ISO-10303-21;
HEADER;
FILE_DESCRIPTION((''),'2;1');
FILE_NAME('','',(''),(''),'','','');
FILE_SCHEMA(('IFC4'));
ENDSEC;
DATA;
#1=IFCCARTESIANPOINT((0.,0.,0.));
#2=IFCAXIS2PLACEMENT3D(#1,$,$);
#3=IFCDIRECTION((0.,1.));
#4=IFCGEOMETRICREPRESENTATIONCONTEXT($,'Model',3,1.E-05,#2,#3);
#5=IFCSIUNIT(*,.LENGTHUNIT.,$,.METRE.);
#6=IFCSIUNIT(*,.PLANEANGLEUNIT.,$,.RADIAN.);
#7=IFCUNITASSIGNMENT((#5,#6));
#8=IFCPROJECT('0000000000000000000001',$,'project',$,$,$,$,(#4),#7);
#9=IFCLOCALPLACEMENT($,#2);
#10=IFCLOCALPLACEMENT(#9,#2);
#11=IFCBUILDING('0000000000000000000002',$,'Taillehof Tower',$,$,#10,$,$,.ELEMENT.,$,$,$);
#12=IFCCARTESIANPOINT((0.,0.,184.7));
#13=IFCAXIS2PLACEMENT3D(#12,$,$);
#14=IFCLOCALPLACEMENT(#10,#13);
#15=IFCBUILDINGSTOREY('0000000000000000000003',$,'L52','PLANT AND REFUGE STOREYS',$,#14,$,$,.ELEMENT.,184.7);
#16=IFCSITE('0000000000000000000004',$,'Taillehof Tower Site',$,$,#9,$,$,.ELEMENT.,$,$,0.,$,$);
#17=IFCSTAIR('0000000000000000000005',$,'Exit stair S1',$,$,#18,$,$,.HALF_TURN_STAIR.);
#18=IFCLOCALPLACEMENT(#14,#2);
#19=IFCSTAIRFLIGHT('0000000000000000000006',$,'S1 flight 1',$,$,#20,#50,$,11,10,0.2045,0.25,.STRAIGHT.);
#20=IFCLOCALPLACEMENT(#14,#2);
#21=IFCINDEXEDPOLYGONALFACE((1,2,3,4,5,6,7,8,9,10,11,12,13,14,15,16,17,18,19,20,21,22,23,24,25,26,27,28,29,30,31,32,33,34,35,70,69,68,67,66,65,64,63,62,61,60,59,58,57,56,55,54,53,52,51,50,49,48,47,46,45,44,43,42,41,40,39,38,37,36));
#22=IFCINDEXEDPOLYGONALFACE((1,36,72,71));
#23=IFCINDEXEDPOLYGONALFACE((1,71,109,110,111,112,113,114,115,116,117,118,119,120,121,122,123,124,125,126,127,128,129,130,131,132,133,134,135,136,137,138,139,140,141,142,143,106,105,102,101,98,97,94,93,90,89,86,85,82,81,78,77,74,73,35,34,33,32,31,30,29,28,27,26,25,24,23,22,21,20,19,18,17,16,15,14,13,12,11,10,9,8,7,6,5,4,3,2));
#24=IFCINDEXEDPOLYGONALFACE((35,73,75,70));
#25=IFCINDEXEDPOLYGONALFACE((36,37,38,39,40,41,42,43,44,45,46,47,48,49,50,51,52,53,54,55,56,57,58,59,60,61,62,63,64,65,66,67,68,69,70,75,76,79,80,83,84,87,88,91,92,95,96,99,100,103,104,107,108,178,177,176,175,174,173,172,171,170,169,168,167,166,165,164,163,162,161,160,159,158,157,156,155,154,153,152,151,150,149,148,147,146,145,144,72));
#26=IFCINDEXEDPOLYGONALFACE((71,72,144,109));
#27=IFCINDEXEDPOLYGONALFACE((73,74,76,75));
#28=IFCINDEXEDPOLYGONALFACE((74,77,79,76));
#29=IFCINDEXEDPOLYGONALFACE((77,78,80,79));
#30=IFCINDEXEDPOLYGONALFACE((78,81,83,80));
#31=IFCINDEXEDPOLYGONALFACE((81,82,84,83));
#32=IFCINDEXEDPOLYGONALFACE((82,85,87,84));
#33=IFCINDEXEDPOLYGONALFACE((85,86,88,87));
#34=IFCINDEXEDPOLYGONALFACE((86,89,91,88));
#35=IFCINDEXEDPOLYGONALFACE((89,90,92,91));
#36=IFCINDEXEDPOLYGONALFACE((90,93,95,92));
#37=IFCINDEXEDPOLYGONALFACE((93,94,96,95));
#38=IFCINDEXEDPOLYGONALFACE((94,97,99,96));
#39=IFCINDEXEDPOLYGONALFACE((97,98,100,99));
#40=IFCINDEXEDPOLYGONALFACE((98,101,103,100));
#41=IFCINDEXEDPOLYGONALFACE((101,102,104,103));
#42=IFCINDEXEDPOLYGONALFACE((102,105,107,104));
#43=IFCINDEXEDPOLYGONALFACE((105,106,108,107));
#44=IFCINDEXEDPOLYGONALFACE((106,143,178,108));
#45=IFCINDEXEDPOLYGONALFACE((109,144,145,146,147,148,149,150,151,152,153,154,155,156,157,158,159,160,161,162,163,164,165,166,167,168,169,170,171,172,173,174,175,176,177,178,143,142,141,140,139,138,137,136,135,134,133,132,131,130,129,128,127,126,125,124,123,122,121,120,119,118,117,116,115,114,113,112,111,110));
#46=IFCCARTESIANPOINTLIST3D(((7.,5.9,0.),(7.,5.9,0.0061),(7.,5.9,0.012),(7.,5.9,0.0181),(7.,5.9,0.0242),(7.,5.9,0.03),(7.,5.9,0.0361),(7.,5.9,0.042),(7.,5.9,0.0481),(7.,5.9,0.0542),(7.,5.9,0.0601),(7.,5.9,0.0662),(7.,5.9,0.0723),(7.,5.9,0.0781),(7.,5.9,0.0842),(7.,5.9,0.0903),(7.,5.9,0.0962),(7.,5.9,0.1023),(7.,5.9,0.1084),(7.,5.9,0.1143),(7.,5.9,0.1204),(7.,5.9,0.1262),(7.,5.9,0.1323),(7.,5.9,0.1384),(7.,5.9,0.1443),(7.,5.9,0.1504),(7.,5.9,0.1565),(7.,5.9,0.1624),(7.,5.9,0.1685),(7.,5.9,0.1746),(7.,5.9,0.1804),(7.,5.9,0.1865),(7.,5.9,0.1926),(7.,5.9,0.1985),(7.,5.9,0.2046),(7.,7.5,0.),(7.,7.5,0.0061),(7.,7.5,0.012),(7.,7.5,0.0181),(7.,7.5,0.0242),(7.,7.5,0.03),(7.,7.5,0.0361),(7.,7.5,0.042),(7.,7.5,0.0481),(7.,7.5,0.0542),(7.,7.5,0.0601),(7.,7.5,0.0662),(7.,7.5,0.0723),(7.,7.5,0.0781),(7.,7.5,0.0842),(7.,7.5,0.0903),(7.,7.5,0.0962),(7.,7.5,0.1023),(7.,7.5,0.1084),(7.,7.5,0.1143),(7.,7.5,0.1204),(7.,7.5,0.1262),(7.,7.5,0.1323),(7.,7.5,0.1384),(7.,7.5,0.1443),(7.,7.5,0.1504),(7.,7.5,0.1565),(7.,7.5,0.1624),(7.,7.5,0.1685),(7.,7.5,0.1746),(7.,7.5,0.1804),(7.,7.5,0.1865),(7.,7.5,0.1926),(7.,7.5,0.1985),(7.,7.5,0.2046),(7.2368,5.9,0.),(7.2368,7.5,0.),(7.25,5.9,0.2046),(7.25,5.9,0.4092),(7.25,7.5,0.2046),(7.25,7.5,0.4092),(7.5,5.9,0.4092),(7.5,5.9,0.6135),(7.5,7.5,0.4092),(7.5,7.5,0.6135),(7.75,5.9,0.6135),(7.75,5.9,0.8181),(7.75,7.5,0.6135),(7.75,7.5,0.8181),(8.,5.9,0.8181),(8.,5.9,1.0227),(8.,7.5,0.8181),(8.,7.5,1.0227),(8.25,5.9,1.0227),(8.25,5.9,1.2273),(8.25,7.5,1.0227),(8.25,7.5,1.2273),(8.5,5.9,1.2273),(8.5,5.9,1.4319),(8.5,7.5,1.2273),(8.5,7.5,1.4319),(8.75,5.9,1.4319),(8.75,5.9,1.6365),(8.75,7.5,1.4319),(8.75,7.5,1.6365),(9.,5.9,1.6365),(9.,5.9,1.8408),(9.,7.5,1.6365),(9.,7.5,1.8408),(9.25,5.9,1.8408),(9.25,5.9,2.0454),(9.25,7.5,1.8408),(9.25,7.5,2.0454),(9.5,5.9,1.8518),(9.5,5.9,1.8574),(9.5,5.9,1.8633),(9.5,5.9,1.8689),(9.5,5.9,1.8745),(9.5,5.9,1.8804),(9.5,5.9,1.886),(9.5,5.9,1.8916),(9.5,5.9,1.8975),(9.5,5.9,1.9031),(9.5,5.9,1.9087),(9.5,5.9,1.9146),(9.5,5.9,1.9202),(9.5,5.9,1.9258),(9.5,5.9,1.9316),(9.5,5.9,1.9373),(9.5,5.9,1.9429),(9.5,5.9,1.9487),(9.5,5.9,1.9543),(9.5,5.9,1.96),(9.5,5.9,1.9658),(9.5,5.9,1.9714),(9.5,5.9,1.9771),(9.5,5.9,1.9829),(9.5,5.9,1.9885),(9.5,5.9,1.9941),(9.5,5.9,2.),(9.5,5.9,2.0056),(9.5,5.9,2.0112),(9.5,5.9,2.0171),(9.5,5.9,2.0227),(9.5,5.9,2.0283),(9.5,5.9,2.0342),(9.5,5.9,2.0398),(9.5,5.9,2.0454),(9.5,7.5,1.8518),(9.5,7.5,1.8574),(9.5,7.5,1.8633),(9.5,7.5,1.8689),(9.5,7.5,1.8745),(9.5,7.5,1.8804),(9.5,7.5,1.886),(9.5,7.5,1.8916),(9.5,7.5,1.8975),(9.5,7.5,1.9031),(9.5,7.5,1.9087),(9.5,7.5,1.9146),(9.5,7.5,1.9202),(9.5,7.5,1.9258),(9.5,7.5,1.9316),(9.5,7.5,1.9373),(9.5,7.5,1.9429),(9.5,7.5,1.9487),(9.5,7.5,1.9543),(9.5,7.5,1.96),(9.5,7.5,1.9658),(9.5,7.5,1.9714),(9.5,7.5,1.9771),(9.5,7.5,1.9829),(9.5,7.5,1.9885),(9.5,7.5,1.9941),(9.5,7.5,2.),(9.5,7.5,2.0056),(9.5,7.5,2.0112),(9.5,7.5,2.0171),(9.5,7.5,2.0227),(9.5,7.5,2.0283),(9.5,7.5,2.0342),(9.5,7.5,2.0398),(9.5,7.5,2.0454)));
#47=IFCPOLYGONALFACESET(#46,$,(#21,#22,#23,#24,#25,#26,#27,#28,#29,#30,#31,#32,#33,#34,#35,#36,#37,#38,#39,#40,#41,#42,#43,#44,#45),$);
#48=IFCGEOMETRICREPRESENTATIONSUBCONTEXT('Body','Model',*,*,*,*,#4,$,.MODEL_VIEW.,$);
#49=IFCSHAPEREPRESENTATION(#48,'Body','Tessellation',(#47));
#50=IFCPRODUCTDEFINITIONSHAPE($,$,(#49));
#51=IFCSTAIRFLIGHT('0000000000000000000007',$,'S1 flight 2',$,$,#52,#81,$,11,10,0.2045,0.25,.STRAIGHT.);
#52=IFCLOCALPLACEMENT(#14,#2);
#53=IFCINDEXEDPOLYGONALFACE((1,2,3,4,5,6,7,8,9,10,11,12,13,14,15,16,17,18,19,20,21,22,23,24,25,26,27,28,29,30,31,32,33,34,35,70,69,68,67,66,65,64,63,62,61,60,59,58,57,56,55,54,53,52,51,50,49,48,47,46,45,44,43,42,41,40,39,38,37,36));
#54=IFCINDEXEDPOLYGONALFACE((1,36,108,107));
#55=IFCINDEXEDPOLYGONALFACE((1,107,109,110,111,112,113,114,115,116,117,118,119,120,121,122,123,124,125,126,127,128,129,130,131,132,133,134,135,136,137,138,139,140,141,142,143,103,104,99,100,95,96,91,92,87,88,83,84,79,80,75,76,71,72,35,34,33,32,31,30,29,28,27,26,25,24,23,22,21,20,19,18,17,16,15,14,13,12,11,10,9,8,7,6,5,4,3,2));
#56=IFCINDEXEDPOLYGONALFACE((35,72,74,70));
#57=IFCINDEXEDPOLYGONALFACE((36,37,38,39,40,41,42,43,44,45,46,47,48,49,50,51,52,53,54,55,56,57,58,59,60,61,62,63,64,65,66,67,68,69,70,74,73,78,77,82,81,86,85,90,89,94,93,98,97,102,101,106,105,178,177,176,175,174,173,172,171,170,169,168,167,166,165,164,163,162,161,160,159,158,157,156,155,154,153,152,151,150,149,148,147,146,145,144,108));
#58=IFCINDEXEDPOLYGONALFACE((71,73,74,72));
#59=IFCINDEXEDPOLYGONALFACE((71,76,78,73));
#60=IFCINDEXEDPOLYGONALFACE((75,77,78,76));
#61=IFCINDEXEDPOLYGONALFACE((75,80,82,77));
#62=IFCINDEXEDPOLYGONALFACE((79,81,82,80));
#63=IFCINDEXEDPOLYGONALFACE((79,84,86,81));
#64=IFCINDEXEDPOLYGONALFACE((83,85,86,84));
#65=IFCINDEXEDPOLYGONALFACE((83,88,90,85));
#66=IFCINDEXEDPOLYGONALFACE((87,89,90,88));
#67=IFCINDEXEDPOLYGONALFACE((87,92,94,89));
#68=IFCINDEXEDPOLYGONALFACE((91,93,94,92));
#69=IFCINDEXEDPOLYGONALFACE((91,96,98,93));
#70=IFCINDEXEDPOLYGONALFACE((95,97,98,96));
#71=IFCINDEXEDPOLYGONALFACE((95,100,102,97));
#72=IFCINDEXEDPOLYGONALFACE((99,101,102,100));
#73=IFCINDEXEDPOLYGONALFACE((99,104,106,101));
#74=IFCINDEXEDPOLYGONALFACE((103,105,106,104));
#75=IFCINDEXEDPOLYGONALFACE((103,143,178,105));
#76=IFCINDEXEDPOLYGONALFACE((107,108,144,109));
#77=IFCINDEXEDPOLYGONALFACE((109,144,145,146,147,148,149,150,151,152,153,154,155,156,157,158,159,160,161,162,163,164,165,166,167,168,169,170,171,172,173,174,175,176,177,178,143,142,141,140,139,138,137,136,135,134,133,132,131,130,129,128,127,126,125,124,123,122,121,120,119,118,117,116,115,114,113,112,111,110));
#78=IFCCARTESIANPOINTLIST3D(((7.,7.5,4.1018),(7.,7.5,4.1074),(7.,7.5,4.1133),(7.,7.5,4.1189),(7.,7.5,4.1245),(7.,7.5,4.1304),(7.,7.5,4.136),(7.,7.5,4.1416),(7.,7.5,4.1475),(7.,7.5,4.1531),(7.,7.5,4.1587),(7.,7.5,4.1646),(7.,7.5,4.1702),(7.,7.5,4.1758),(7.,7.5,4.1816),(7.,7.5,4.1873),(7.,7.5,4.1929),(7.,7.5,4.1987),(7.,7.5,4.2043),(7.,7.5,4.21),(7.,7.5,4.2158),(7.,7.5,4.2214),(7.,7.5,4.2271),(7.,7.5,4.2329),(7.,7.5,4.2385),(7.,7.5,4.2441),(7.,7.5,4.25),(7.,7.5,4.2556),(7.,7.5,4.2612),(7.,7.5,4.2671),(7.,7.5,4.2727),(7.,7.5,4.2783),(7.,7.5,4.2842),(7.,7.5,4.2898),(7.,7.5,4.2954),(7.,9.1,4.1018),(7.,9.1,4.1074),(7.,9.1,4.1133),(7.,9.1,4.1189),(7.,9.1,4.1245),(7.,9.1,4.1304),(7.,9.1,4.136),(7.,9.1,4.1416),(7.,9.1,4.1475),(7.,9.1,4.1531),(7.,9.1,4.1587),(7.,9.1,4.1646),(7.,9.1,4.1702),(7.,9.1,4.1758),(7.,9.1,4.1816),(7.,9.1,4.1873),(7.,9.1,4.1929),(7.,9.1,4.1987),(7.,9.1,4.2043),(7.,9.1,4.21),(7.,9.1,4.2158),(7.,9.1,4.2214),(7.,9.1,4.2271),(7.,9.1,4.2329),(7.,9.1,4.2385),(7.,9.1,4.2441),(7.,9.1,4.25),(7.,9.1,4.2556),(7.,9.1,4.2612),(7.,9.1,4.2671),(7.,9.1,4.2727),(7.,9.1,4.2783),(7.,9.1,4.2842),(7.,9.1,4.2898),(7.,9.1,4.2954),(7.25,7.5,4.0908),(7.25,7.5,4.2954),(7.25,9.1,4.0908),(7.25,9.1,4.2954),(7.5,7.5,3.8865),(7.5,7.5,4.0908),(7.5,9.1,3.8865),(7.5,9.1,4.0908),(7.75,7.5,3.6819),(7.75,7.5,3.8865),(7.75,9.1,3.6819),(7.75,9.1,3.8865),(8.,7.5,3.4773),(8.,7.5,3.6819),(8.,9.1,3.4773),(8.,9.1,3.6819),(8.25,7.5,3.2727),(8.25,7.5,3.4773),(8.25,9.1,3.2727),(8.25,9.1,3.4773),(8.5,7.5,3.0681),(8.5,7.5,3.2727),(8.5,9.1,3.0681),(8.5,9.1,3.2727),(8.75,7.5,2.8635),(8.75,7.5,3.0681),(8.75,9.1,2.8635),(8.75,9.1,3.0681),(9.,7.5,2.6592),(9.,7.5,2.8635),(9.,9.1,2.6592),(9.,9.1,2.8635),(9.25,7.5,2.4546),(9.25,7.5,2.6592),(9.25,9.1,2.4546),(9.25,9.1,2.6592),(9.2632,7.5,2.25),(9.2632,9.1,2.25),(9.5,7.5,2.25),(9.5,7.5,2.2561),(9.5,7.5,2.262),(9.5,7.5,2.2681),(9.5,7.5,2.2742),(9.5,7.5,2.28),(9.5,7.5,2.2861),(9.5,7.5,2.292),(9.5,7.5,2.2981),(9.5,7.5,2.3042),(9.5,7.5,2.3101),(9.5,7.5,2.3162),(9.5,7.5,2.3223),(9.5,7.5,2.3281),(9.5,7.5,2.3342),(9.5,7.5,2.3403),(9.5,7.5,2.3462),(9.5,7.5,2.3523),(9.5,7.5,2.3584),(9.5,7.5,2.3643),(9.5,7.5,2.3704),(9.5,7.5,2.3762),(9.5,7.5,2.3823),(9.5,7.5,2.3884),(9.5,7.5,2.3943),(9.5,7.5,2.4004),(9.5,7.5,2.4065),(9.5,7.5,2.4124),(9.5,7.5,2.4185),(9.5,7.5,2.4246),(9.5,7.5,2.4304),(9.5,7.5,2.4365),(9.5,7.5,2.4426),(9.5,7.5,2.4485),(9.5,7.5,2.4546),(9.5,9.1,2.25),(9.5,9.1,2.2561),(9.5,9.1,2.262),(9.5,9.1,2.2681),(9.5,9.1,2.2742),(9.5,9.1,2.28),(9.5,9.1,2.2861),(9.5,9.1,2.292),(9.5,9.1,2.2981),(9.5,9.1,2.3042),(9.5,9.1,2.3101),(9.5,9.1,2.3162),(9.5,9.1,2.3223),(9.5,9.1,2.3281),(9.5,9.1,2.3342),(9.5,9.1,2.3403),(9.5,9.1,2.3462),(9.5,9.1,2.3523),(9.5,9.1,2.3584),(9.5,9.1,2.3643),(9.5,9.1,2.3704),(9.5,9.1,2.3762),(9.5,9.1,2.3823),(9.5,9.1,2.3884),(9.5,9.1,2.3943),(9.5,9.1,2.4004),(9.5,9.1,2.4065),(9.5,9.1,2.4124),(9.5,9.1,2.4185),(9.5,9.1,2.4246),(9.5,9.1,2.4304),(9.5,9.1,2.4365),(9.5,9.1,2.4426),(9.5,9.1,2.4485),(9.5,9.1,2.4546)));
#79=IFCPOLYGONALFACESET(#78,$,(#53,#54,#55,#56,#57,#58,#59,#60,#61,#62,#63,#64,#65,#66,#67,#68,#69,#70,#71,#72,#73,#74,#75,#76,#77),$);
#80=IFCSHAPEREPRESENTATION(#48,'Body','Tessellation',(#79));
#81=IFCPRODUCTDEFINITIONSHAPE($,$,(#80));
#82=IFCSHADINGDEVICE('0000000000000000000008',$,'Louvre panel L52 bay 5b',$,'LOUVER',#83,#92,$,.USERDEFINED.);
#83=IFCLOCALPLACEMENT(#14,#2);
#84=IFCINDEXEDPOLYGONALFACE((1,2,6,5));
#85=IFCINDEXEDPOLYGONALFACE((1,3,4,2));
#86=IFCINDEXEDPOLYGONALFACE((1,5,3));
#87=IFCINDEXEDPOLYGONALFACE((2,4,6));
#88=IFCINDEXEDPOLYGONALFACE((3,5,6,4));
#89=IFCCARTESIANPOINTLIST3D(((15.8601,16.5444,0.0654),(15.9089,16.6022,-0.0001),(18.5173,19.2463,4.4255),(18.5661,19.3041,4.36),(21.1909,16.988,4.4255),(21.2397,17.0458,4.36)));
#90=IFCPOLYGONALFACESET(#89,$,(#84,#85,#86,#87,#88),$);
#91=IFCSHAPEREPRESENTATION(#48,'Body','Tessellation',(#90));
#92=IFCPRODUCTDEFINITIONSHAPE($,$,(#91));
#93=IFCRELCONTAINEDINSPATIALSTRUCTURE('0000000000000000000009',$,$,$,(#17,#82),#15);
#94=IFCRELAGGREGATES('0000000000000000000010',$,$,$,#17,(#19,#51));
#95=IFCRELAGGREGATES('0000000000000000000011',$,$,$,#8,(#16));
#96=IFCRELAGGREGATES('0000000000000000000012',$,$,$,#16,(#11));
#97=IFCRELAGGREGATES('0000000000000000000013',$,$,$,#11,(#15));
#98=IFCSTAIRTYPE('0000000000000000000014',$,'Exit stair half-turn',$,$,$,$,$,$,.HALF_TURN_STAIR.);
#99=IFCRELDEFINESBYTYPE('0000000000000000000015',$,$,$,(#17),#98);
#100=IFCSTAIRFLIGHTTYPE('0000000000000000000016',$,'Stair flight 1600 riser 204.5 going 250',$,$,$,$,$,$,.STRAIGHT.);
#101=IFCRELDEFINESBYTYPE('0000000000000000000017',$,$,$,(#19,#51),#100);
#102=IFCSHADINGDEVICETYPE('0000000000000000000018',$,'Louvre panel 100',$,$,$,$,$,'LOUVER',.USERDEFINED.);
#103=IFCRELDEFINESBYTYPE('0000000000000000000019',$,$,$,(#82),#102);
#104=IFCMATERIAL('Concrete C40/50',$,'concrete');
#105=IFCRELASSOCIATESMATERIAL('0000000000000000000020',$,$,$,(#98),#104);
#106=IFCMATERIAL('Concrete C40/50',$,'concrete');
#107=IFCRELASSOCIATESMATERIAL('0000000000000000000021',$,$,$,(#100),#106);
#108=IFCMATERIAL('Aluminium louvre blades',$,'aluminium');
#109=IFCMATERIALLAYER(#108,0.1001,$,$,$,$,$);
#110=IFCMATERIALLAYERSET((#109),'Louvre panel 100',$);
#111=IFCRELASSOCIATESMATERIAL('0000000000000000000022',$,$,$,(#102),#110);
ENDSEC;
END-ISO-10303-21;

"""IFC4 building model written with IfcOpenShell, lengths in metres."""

from ifc_helpers import new_model, si_unit, direction, frame, origin, place, context, subcontext, project, spatial, polyline, outline, extrude, material, layer, layer_set, type_object, element, aggregate, save


model = new_model("IFC4")

# Units and contexts
model_context = context("Model", 3, precision=1e-05, world=origin(), true_north=direction((0.0, 1.0)))
body_context = subcontext(model_context, "Body", "Model", "MODEL_VIEW")
ifc_project = project(units=[si_unit("LENGTHUNIT", "METRE"), si_unit("PLANEANGLEUNIT", "RADIAN")], contexts=[model_context])

# Site, building, storey
site_placement = place(None, origin())
site = spatial("IfcSite", under=ifc_project, at=site_placement, Name="Taillehof Tower Site", CompositionType="ELEMENT", RefElevation=0.0)
building_placement = place(site_placement, origin())
building = spatial("IfcBuilding", under=site, at=building_placement, Name="Taillehof Tower", CompositionType="ELEMENT")
storey_placement = place(building_placement, frame((0.0, 0.0, 184.7)))
storey = spatial("IfcBuildingStorey", under=building, at=storey_placement, Name="L52", Description="PLANT AND REFUGE STOREYS", CompositionType="ELEMENT", Elevation=184.7)

# Stair, stair flights
ifc_material_1 = material(Name="Concrete C40/50", Category="concrete")
stair_type = type_object("IfcStairType", Name="Exit stair half-turn", PredefinedType="HALF_TURN_STAIR", material=ifc_material_1)
stair_placement = place(storey_placement, origin())
stair = element("IfcStair", 1, at=stair_placement, inside=storey, type_object=stair_type, Name="Exit stair S1", PredefinedType="HALF_TURN_STAIR")
ifc_material_2 = material(Name="Concrete C40/50", Category="concrete")
stair_flight_type = type_object("IfcStairFlightType", Name="Stair flight 1600 riser 204.5 going 250", PredefinedType="STRAIGHT", material=ifc_material_2)
stair_flight_1_placement = place(storey_placement, frame((7.0, 6.7, 0.0), z_axis=(0.0, 0.0, 1.0), x_axis=(1.0, 0.0, 0.0)))
stair_flight_1 = element("IfcStairFlight", 2, at=stair_flight_1_placement, type_object=stair_flight_type, Name="S1 flight 1", NumberOfRisers=11, NumberOfTreads=10, PredefinedType="STRAIGHT", RiserHeight=0.2045, TreadLength=0.25, context=body_context, shape_type="SweptSolid", body=[
    extrude(outline(polyline([(0.0, 0.0), (0.0, 0.0061), (0.0, 0.012), (0.0, 0.0181), (0.0, 0.0242), (0.0, 0.03), (0.0, 0.0361), (0.0, 0.042), (0.0, 0.0481), (0.0, 0.0542), (0.0, 0.0601), (0.0, 0.0662), (0.0, 0.0723), (0.0, 0.0781), (0.0, 0.0842), (0.0, 0.0903), (0.0, 0.0962), (0.0, 0.1023), (0.0, 0.1084), (0.0, 0.1143), (0.0, 0.1204), (0.0, 0.1262), (0.0, 0.1323), (0.0, 0.1384), (0.0, 0.1443), (0.0, 0.1504), (0.0, 0.1565), (0.0, 0.1624), (0.0, 0.1685), (0.0, 0.1746), (0.0, 0.1804), (0.0, 0.1865), (0.0, 0.1926), (0.0, 0.1985), (0.0, 0.2046), (0.25, 0.2046), (0.25, 0.4092), (0.5, 0.4092), (0.5, 0.6135), (0.75, 0.6135), (0.75, 0.8181), (1.0, 0.8181), (1.0, 1.0227), (1.25, 1.0227), (1.25, 1.2273), (1.5, 1.2273), (1.5, 1.4319), (1.75, 1.4319), (1.75, 1.6365), (2.0, 1.6365), (2.0, 1.8408), (2.25, 1.8408), (2.25, 2.0454), (2.5, 2.0454), (2.5, 2.0398), (2.5, 2.0342), (2.5, 2.0283), (2.5, 2.0227), (2.5, 2.0171), (2.5, 2.0112), (2.5, 2.0056), (2.5, 2.0), (2.5, 1.9941), (2.5, 1.9885), (2.5, 1.9829), (2.5, 1.9771), (2.5, 1.9714), (2.5, 1.9658), (2.5, 1.96), (2.5, 1.9543), (2.5, 1.9487), (2.5, 1.9429), (2.5, 1.9373), (2.5, 1.9316), (2.5, 1.9258), (2.5, 1.9202), (2.5, 1.9146), (2.5, 1.9087), (2.5, 1.9031), (2.5, 1.8975), (2.5, 1.8916), (2.5, 1.886), (2.5, 1.8804), (2.5, 1.8745), (2.5, 1.8689), (2.5, 1.8633), (2.5, 1.8574), (2.5, 1.8518), (0.2368, 0.0), (0.0, 0.0)])), frame((0.0, 0.8, 0.0), z_axis=(0.0, -1.0, 0.0), x_axis=(1.0, 0.0, 0.0)), (0.0, 0.0, 1.0), 1.6),
])
stair_flight_2_placement = place(storey_placement, frame((9.5, 8.3, 2.25), z_axis=(0.0, 0.0, 1.0), x_axis=(-1.0, 0.0, 0.0)))
stair_flight_2 = element("IfcStairFlight", 3, at=stair_flight_2_placement, type_object=stair_flight_type, Name="S1 flight 2", NumberOfRisers=11, NumberOfTreads=10, PredefinedType="STRAIGHT", RiserHeight=0.2045, TreadLength=0.25, context=body_context, shape_type="SweptSolid", body=[
    extrude(outline(polyline([(0.0, 0.0), (0.0, 0.0061), (0.0, 0.012), (0.0, 0.0181), (0.0, 0.0242), (0.0, 0.03), (0.0, 0.0361), (0.0, 0.042), (0.0, 0.0481), (0.0, 0.0542), (0.0, 0.0601), (0.0, 0.0662), (0.0, 0.0723), (0.0, 0.0781), (0.0, 0.0842), (0.0, 0.0903), (0.0, 0.0962), (0.0, 0.1023), (0.0, 0.1084), (0.0, 0.1143), (0.0, 0.1204), (0.0, 0.1262), (0.0, 0.1323), (0.0, 0.1384), (0.0, 0.1443), (0.0, 0.1504), (0.0, 0.1565), (0.0, 0.1624), (0.0, 0.1685), (0.0, 0.1746), (0.0, 0.1804), (0.0, 0.1865), (0.0, 0.1926), (0.0, 0.1985), (0.0, 0.2046), (0.25, 0.2046), (0.25, 0.4092), (0.5, 0.4092), (0.5, 0.6135), (0.75, 0.6135), (0.75, 0.8181), (1.0, 0.8181), (1.0, 1.0227), (1.25, 1.0227), (1.25, 1.2273), (1.5, 1.2273), (1.5, 1.4319), (1.75, 1.4319), (1.75, 1.6365), (2.0, 1.6365), (2.0, 1.8408), (2.25, 1.8408), (2.25, 2.0454), (2.5, 2.0454), (2.5, 2.0398), (2.5, 2.0342), (2.5, 2.0283), (2.5, 2.0227), (2.5, 2.0171), (2.5, 2.0112), (2.5, 2.0056), (2.5, 2.0), (2.5, 1.9941), (2.5, 1.9885), (2.5, 1.9829), (2.5, 1.9771), (2.5, 1.9714), (2.5, 1.9658), (2.5, 1.96), (2.5, 1.9543), (2.5, 1.9487), (2.5, 1.9429), (2.5, 1.9373), (2.5, 1.9316), (2.5, 1.9258), (2.5, 1.9202), (2.5, 1.9146), (2.5, 1.9087), (2.5, 1.9031), (2.5, 1.8975), (2.5, 1.8916), (2.5, 1.886), (2.5, 1.8804), (2.5, 1.8745), (2.5, 1.8689), (2.5, 1.8633), (2.5, 1.8574), (2.5, 1.8518), (0.2368, 0.0), (0.0, 0.0)])), frame((0.0, 0.8, 0.0), z_axis=(0.0, -1.0, 0.0), x_axis=(1.0, 0.0, 0.0)), (0.0, 0.0, 1.0), 1.6),
])
aggregate(stair, [stair_flight_1, stair_flight_2])

# Shading device
ifc_material_3 = material(Name="Aluminium louvre blades", Category="aluminium")
ifc_layer_1 = layer(ifc_material_3, 0.1001)
ifc_layer_set_1 = layer_set([ifc_layer_1], Name="Louvre panel 100")
shading_device_type = type_object("IfcShadingDeviceType", Name="Louvre panel 100", ElementType="LOUVER", PredefinedType="USERDEFINED", material=ifc_layer_set_1)
shading_device_placement = place(storey_placement, frame((15.8601, 16.5444, 0.0654), z_axis=(-0.487632, -0.577304, 0.654931), x_axis=(0.459981, 0.467715, 0.754759)))
element("IfcShadingDevice", 4, at=shading_device_placement, inside=storey, type_object=shading_device_type, Name="Louvre panel L52 bay 5b", ObjectType="LOUVER", PredefinedType="USERDEFINED", context=body_context, shape_type="SweptSolid", body=[
    extrude(outline(polyline([(0.0, 0.0), (5.7768, 0.0), (5.9504, -3.4954), (0.0, 0.0)])), origin(), (0.0, 0.0, -1.0), 0.1001),
])

save(model, "model.ifc")
